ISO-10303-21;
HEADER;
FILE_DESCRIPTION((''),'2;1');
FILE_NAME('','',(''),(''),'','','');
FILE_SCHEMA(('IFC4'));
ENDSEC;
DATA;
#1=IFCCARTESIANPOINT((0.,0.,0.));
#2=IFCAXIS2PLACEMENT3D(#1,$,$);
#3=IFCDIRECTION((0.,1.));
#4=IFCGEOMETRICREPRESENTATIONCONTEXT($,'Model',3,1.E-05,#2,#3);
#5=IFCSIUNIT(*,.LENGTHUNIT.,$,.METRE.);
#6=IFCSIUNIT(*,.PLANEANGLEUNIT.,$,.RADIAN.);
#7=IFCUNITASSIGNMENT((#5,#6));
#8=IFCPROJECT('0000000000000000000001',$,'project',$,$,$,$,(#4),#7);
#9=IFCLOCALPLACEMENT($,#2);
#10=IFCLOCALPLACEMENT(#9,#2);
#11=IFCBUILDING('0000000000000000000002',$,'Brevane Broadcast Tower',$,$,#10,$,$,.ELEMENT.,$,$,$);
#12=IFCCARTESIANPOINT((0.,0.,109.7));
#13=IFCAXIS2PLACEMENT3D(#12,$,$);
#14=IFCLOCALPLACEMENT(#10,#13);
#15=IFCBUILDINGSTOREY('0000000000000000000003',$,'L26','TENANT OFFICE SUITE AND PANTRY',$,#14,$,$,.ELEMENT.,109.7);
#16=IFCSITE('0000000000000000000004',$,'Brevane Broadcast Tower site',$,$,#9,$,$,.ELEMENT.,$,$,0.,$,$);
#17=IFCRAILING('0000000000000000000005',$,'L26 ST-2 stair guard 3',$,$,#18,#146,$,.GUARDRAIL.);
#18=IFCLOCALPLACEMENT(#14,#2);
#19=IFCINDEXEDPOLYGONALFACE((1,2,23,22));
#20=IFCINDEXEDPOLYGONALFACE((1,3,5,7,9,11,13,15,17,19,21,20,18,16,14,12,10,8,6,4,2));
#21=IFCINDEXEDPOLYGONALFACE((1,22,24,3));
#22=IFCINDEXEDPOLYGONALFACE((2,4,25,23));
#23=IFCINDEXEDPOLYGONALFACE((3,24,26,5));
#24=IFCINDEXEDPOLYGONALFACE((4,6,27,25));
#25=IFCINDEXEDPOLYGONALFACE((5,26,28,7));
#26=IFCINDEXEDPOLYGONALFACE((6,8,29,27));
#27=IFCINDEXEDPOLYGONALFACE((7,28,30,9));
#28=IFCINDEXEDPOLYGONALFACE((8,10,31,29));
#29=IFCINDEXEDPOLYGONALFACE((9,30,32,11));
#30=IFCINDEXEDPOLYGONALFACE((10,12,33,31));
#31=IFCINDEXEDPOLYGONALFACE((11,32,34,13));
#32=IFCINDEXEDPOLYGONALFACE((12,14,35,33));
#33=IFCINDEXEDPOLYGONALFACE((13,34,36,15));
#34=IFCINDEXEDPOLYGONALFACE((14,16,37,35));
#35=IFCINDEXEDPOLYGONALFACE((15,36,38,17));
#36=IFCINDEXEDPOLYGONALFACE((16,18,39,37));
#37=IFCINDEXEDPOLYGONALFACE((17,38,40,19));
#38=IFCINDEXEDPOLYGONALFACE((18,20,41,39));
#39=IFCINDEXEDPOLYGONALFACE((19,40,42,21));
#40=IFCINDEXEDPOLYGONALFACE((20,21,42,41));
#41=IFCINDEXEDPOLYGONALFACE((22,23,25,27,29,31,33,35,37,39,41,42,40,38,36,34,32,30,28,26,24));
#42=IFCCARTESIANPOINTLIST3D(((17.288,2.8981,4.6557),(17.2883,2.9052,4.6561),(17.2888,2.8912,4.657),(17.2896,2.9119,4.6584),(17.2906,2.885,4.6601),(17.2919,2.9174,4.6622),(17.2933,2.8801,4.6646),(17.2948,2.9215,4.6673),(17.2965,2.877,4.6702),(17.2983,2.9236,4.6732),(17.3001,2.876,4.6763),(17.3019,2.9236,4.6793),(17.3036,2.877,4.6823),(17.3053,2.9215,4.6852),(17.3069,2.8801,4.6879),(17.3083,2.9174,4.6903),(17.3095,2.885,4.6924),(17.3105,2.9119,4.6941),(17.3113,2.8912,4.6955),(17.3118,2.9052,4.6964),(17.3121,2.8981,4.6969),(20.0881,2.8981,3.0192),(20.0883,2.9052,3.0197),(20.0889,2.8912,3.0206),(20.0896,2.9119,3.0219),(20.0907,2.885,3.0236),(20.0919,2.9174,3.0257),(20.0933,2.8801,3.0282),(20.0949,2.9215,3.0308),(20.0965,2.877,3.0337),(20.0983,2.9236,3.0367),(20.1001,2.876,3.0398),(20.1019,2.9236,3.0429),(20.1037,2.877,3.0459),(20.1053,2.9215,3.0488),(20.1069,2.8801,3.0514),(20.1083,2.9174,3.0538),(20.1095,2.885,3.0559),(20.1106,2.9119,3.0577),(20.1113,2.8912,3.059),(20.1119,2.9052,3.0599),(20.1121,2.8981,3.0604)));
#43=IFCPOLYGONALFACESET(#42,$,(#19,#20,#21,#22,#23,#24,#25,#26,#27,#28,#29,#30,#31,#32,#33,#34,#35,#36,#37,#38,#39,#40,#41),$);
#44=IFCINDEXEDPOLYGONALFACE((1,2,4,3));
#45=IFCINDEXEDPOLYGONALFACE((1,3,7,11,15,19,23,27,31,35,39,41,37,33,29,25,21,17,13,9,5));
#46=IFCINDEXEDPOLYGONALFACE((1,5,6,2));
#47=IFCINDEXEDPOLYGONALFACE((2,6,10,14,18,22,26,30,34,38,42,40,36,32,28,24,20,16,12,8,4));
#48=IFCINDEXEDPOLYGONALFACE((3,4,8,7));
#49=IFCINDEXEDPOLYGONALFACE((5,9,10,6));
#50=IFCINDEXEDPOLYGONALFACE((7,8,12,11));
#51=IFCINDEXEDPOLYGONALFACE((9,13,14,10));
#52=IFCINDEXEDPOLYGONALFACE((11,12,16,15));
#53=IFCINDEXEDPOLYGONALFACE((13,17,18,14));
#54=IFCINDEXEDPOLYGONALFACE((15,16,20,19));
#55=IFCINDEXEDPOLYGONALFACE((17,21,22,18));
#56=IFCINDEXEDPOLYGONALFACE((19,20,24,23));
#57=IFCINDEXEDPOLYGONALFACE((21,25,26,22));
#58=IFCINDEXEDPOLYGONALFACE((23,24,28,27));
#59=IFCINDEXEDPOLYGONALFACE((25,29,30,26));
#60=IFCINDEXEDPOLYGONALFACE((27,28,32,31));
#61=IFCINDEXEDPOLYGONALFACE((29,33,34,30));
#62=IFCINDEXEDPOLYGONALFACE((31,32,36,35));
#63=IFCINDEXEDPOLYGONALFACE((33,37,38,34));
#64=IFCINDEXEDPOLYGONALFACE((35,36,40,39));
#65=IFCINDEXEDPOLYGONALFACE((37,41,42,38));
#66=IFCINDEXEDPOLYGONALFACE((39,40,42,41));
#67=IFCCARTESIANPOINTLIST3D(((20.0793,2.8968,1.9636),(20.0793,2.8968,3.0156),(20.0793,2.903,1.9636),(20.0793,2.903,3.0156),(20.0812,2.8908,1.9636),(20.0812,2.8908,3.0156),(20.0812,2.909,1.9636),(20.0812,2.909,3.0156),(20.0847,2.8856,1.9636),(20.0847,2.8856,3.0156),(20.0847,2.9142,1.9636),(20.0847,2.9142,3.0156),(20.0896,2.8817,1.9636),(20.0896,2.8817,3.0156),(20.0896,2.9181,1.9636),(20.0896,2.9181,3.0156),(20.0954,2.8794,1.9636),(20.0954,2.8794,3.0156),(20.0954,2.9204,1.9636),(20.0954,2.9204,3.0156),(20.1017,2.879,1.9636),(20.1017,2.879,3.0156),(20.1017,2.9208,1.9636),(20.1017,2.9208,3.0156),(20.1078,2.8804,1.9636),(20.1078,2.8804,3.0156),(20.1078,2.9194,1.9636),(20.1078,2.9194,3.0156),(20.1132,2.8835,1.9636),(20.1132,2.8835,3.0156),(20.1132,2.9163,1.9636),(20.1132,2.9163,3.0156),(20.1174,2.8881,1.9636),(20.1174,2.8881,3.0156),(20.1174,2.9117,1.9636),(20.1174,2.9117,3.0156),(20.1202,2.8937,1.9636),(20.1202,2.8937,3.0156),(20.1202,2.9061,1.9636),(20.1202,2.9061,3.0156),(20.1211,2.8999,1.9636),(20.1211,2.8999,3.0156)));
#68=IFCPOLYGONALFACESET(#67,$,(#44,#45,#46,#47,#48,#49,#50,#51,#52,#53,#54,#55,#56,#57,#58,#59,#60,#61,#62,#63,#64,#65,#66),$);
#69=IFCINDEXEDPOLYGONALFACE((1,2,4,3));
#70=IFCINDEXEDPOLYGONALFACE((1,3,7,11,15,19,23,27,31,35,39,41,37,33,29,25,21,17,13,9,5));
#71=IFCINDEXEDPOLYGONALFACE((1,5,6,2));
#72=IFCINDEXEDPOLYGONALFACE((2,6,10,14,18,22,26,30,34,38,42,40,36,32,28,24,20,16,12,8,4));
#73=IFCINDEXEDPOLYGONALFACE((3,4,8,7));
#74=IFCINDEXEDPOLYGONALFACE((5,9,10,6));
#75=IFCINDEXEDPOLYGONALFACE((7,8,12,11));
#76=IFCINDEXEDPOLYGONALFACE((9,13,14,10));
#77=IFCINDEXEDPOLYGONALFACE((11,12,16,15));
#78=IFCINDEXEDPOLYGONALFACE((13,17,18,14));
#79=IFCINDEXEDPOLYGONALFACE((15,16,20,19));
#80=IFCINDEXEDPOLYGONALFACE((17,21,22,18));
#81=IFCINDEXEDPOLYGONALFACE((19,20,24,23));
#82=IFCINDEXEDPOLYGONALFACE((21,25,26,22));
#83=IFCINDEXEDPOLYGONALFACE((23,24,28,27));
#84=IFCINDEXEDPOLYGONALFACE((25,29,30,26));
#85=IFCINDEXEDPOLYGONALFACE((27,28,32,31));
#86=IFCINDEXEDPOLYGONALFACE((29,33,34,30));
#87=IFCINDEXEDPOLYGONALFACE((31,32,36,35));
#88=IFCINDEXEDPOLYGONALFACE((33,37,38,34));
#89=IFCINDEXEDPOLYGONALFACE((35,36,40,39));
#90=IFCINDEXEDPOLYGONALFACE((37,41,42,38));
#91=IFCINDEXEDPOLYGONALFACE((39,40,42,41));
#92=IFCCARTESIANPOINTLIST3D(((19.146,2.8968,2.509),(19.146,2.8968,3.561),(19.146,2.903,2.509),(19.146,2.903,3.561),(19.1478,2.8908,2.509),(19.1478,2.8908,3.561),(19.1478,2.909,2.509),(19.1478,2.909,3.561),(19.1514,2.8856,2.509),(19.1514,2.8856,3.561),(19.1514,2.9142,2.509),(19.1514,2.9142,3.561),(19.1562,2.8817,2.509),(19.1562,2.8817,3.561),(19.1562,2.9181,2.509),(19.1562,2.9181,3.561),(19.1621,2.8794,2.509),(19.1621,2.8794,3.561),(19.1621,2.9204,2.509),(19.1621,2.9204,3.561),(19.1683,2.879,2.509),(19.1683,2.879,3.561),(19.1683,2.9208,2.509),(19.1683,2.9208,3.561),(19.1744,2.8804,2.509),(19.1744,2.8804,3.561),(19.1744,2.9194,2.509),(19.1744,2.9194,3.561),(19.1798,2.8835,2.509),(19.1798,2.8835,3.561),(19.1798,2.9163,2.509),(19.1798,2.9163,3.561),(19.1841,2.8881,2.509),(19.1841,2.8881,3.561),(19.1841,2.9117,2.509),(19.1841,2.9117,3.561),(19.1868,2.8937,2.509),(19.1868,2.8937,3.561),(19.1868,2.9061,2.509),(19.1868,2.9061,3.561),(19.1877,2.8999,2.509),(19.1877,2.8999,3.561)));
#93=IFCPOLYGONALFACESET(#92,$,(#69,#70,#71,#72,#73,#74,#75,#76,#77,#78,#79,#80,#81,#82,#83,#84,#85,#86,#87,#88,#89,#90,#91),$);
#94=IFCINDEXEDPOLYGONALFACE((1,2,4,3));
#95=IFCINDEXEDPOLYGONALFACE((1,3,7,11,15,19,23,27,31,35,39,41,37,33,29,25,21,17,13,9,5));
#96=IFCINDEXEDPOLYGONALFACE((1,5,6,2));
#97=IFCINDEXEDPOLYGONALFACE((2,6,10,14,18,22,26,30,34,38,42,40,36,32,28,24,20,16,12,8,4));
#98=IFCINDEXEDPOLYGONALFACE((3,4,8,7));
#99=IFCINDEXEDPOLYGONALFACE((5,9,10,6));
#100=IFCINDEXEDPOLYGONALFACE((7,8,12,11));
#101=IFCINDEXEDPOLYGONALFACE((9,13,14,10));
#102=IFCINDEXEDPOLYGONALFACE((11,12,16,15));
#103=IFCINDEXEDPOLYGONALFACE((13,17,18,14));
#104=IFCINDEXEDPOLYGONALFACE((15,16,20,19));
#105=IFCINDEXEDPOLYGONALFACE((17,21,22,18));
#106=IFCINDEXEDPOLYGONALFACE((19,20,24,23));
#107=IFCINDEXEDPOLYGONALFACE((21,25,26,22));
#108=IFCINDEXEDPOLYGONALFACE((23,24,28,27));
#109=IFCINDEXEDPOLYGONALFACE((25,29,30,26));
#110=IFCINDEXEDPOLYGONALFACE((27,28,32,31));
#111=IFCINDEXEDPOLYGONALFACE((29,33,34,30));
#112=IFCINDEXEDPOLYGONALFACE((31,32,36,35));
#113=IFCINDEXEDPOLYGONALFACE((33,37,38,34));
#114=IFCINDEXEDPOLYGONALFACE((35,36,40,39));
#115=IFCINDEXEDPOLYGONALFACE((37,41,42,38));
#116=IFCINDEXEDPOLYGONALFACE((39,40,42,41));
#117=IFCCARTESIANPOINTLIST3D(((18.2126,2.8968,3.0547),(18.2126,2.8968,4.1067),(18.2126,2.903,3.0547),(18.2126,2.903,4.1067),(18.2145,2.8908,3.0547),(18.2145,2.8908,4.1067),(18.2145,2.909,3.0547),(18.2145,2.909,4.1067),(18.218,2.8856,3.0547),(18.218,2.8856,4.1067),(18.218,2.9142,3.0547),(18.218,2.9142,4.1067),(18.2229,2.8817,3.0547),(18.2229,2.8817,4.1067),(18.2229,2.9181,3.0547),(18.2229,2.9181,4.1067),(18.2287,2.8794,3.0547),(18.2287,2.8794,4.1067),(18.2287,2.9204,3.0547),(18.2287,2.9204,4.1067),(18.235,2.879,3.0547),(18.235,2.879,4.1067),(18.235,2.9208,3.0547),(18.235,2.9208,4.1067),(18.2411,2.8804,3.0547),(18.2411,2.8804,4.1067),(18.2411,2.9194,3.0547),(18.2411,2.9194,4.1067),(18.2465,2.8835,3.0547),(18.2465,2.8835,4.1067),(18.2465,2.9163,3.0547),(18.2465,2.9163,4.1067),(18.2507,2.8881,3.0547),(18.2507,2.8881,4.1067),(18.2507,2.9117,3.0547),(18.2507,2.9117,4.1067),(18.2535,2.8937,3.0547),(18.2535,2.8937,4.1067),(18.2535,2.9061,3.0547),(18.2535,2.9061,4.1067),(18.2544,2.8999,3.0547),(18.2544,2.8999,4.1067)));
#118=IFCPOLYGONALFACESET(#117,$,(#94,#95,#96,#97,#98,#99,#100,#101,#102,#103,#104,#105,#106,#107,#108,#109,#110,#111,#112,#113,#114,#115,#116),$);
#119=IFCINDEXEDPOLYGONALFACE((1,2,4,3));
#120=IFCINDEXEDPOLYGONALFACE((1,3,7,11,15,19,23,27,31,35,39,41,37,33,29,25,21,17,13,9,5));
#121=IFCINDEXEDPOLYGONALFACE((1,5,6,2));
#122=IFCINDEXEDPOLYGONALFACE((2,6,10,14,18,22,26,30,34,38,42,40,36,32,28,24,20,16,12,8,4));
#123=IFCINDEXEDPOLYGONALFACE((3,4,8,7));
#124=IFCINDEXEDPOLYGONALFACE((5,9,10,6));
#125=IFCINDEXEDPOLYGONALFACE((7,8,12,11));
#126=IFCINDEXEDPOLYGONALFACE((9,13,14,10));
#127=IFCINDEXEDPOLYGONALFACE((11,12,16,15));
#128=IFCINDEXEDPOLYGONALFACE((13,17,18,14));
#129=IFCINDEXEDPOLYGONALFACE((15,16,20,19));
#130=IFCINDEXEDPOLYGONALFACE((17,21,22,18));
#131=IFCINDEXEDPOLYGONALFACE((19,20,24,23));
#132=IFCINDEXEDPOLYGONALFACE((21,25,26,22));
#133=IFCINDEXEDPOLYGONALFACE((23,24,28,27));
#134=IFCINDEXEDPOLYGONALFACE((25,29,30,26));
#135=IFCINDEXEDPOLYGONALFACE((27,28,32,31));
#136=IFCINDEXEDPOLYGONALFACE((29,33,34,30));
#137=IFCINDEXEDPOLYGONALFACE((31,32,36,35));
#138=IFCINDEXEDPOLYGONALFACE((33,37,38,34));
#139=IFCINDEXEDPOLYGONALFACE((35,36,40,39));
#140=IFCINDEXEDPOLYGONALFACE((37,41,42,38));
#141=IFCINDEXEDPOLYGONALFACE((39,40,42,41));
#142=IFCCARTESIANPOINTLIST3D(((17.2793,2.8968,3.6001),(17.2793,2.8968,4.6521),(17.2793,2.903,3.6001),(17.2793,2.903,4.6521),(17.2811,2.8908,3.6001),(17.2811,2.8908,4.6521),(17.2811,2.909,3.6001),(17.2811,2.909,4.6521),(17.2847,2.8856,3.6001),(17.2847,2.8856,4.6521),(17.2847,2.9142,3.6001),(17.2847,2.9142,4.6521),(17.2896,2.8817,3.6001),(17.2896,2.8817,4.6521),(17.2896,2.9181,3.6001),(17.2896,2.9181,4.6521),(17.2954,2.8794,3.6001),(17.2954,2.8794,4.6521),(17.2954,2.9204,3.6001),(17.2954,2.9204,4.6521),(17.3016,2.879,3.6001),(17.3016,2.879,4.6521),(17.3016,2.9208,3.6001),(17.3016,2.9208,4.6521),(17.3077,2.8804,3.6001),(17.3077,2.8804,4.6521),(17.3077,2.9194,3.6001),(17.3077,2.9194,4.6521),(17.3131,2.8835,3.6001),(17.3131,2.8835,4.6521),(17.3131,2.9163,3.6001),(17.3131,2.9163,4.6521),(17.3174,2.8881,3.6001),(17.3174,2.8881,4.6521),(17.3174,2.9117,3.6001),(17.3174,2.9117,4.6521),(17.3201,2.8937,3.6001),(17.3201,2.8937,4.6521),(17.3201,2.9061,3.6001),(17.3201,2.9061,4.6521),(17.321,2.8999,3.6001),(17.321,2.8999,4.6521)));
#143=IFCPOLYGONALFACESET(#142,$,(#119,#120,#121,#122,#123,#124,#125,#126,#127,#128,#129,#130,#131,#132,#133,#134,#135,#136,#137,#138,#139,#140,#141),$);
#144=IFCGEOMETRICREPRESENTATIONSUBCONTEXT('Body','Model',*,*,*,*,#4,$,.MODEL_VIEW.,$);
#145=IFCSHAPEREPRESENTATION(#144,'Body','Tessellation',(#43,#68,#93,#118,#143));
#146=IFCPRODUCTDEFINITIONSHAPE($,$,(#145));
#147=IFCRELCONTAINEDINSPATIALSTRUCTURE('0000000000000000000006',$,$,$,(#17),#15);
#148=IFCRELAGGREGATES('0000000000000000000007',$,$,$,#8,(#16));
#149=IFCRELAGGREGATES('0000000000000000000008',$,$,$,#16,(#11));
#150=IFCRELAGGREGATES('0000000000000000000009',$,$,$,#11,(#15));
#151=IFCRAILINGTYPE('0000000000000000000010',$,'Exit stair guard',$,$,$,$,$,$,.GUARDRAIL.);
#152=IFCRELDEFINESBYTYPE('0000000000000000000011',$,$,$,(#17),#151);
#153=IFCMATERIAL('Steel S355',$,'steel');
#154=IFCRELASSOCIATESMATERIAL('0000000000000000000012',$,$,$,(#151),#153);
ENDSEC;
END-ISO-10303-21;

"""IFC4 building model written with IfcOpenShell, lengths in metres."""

from ifc_helpers import new_model, si_unit, direction, frame, origin, origin_2d, place, context, subcontext, project, spatial, circle, extrude, material, type_object, element, save


model = new_model("IFC4")

# Units and contexts
model_context = context("Model", 3, precision=1e-05, world=origin(), true_north=direction((0.0, 1.0)))
body_context = subcontext(model_context, "Body", "Model", "MODEL_VIEW")
ifc_project = project(units=[si_unit("LENGTHUNIT", "METRE"), si_unit("PLANEANGLEUNIT", "RADIAN")], contexts=[model_context])

# Site, building, storey
site_placement = place(None, origin())
site = spatial("IfcSite", under=ifc_project, at=site_placement, Name="Brevane Broadcast Tower site", CompositionType="ELEMENT", RefElevation=0.0)
building_placement = place(site_placement, origin())
building = spatial("IfcBuilding", under=site, at=building_placement, Name="Brevane Broadcast Tower", CompositionType="ELEMENT")
storey_placement = place(building_placement, frame((0.0, 0.0, 109.7)))
storey = spatial("IfcBuildingStorey", under=building, at=storey_placement, Name="L26", Description="TENANT OFFICE SUITE AND PANTRY", CompositionType="ELEMENT", Elevation=109.7)

# Railing
ifc_material_1 = material(Name="Steel S355", Category="steel")
railing_type_1 = type_object("IfcRailingType", Name="Exit stair guard", PredefinedType="GUARDRAIL", material=ifc_material_1)
railing_1_placement = place(storey_placement, frame((20.1001, 2.8999, 1.9636)))
element("IfcRailing", 1, at=railing_1_placement, inside=storey, type_object=railing_type_1, Name="L26 ST-2 stair guard 3", PredefinedType="GUARDRAIL", context=body_context, shape_type="SweptSolid", body=[
    extrude(circle(Radius=0.0239, at=origin_2d()), frame((0.0, 0.0, 1.0762), z_axis=(-0.863361, 0.0, 0.504587), x_axis=(0.0, -1.0, 0.0)), (0.0, 0.0, 1.0), 3.2432),
    extrude(circle(Radius=0.021, at=origin_2d()), origin(), (0.0, 0.0, 1.0), 1.052),
    extrude(circle(Radius=0.021, at=origin_2d()), frame((-0.9333, 0.0, 0.5454)), (0.0, 0.0, 1.0), 1.052),
    extrude(circle(Radius=0.021, at=origin_2d()), frame((-1.8667, 0.0, 1.0911)), (0.0, 0.0, 1.0), 1.052),
    extrude(circle(Radius=0.021, at=origin_2d()), frame((-2.8, 0.0, 1.6365)), (0.0, 0.0, 1.0), 1.052),
])

save(model, "model.ifc")
